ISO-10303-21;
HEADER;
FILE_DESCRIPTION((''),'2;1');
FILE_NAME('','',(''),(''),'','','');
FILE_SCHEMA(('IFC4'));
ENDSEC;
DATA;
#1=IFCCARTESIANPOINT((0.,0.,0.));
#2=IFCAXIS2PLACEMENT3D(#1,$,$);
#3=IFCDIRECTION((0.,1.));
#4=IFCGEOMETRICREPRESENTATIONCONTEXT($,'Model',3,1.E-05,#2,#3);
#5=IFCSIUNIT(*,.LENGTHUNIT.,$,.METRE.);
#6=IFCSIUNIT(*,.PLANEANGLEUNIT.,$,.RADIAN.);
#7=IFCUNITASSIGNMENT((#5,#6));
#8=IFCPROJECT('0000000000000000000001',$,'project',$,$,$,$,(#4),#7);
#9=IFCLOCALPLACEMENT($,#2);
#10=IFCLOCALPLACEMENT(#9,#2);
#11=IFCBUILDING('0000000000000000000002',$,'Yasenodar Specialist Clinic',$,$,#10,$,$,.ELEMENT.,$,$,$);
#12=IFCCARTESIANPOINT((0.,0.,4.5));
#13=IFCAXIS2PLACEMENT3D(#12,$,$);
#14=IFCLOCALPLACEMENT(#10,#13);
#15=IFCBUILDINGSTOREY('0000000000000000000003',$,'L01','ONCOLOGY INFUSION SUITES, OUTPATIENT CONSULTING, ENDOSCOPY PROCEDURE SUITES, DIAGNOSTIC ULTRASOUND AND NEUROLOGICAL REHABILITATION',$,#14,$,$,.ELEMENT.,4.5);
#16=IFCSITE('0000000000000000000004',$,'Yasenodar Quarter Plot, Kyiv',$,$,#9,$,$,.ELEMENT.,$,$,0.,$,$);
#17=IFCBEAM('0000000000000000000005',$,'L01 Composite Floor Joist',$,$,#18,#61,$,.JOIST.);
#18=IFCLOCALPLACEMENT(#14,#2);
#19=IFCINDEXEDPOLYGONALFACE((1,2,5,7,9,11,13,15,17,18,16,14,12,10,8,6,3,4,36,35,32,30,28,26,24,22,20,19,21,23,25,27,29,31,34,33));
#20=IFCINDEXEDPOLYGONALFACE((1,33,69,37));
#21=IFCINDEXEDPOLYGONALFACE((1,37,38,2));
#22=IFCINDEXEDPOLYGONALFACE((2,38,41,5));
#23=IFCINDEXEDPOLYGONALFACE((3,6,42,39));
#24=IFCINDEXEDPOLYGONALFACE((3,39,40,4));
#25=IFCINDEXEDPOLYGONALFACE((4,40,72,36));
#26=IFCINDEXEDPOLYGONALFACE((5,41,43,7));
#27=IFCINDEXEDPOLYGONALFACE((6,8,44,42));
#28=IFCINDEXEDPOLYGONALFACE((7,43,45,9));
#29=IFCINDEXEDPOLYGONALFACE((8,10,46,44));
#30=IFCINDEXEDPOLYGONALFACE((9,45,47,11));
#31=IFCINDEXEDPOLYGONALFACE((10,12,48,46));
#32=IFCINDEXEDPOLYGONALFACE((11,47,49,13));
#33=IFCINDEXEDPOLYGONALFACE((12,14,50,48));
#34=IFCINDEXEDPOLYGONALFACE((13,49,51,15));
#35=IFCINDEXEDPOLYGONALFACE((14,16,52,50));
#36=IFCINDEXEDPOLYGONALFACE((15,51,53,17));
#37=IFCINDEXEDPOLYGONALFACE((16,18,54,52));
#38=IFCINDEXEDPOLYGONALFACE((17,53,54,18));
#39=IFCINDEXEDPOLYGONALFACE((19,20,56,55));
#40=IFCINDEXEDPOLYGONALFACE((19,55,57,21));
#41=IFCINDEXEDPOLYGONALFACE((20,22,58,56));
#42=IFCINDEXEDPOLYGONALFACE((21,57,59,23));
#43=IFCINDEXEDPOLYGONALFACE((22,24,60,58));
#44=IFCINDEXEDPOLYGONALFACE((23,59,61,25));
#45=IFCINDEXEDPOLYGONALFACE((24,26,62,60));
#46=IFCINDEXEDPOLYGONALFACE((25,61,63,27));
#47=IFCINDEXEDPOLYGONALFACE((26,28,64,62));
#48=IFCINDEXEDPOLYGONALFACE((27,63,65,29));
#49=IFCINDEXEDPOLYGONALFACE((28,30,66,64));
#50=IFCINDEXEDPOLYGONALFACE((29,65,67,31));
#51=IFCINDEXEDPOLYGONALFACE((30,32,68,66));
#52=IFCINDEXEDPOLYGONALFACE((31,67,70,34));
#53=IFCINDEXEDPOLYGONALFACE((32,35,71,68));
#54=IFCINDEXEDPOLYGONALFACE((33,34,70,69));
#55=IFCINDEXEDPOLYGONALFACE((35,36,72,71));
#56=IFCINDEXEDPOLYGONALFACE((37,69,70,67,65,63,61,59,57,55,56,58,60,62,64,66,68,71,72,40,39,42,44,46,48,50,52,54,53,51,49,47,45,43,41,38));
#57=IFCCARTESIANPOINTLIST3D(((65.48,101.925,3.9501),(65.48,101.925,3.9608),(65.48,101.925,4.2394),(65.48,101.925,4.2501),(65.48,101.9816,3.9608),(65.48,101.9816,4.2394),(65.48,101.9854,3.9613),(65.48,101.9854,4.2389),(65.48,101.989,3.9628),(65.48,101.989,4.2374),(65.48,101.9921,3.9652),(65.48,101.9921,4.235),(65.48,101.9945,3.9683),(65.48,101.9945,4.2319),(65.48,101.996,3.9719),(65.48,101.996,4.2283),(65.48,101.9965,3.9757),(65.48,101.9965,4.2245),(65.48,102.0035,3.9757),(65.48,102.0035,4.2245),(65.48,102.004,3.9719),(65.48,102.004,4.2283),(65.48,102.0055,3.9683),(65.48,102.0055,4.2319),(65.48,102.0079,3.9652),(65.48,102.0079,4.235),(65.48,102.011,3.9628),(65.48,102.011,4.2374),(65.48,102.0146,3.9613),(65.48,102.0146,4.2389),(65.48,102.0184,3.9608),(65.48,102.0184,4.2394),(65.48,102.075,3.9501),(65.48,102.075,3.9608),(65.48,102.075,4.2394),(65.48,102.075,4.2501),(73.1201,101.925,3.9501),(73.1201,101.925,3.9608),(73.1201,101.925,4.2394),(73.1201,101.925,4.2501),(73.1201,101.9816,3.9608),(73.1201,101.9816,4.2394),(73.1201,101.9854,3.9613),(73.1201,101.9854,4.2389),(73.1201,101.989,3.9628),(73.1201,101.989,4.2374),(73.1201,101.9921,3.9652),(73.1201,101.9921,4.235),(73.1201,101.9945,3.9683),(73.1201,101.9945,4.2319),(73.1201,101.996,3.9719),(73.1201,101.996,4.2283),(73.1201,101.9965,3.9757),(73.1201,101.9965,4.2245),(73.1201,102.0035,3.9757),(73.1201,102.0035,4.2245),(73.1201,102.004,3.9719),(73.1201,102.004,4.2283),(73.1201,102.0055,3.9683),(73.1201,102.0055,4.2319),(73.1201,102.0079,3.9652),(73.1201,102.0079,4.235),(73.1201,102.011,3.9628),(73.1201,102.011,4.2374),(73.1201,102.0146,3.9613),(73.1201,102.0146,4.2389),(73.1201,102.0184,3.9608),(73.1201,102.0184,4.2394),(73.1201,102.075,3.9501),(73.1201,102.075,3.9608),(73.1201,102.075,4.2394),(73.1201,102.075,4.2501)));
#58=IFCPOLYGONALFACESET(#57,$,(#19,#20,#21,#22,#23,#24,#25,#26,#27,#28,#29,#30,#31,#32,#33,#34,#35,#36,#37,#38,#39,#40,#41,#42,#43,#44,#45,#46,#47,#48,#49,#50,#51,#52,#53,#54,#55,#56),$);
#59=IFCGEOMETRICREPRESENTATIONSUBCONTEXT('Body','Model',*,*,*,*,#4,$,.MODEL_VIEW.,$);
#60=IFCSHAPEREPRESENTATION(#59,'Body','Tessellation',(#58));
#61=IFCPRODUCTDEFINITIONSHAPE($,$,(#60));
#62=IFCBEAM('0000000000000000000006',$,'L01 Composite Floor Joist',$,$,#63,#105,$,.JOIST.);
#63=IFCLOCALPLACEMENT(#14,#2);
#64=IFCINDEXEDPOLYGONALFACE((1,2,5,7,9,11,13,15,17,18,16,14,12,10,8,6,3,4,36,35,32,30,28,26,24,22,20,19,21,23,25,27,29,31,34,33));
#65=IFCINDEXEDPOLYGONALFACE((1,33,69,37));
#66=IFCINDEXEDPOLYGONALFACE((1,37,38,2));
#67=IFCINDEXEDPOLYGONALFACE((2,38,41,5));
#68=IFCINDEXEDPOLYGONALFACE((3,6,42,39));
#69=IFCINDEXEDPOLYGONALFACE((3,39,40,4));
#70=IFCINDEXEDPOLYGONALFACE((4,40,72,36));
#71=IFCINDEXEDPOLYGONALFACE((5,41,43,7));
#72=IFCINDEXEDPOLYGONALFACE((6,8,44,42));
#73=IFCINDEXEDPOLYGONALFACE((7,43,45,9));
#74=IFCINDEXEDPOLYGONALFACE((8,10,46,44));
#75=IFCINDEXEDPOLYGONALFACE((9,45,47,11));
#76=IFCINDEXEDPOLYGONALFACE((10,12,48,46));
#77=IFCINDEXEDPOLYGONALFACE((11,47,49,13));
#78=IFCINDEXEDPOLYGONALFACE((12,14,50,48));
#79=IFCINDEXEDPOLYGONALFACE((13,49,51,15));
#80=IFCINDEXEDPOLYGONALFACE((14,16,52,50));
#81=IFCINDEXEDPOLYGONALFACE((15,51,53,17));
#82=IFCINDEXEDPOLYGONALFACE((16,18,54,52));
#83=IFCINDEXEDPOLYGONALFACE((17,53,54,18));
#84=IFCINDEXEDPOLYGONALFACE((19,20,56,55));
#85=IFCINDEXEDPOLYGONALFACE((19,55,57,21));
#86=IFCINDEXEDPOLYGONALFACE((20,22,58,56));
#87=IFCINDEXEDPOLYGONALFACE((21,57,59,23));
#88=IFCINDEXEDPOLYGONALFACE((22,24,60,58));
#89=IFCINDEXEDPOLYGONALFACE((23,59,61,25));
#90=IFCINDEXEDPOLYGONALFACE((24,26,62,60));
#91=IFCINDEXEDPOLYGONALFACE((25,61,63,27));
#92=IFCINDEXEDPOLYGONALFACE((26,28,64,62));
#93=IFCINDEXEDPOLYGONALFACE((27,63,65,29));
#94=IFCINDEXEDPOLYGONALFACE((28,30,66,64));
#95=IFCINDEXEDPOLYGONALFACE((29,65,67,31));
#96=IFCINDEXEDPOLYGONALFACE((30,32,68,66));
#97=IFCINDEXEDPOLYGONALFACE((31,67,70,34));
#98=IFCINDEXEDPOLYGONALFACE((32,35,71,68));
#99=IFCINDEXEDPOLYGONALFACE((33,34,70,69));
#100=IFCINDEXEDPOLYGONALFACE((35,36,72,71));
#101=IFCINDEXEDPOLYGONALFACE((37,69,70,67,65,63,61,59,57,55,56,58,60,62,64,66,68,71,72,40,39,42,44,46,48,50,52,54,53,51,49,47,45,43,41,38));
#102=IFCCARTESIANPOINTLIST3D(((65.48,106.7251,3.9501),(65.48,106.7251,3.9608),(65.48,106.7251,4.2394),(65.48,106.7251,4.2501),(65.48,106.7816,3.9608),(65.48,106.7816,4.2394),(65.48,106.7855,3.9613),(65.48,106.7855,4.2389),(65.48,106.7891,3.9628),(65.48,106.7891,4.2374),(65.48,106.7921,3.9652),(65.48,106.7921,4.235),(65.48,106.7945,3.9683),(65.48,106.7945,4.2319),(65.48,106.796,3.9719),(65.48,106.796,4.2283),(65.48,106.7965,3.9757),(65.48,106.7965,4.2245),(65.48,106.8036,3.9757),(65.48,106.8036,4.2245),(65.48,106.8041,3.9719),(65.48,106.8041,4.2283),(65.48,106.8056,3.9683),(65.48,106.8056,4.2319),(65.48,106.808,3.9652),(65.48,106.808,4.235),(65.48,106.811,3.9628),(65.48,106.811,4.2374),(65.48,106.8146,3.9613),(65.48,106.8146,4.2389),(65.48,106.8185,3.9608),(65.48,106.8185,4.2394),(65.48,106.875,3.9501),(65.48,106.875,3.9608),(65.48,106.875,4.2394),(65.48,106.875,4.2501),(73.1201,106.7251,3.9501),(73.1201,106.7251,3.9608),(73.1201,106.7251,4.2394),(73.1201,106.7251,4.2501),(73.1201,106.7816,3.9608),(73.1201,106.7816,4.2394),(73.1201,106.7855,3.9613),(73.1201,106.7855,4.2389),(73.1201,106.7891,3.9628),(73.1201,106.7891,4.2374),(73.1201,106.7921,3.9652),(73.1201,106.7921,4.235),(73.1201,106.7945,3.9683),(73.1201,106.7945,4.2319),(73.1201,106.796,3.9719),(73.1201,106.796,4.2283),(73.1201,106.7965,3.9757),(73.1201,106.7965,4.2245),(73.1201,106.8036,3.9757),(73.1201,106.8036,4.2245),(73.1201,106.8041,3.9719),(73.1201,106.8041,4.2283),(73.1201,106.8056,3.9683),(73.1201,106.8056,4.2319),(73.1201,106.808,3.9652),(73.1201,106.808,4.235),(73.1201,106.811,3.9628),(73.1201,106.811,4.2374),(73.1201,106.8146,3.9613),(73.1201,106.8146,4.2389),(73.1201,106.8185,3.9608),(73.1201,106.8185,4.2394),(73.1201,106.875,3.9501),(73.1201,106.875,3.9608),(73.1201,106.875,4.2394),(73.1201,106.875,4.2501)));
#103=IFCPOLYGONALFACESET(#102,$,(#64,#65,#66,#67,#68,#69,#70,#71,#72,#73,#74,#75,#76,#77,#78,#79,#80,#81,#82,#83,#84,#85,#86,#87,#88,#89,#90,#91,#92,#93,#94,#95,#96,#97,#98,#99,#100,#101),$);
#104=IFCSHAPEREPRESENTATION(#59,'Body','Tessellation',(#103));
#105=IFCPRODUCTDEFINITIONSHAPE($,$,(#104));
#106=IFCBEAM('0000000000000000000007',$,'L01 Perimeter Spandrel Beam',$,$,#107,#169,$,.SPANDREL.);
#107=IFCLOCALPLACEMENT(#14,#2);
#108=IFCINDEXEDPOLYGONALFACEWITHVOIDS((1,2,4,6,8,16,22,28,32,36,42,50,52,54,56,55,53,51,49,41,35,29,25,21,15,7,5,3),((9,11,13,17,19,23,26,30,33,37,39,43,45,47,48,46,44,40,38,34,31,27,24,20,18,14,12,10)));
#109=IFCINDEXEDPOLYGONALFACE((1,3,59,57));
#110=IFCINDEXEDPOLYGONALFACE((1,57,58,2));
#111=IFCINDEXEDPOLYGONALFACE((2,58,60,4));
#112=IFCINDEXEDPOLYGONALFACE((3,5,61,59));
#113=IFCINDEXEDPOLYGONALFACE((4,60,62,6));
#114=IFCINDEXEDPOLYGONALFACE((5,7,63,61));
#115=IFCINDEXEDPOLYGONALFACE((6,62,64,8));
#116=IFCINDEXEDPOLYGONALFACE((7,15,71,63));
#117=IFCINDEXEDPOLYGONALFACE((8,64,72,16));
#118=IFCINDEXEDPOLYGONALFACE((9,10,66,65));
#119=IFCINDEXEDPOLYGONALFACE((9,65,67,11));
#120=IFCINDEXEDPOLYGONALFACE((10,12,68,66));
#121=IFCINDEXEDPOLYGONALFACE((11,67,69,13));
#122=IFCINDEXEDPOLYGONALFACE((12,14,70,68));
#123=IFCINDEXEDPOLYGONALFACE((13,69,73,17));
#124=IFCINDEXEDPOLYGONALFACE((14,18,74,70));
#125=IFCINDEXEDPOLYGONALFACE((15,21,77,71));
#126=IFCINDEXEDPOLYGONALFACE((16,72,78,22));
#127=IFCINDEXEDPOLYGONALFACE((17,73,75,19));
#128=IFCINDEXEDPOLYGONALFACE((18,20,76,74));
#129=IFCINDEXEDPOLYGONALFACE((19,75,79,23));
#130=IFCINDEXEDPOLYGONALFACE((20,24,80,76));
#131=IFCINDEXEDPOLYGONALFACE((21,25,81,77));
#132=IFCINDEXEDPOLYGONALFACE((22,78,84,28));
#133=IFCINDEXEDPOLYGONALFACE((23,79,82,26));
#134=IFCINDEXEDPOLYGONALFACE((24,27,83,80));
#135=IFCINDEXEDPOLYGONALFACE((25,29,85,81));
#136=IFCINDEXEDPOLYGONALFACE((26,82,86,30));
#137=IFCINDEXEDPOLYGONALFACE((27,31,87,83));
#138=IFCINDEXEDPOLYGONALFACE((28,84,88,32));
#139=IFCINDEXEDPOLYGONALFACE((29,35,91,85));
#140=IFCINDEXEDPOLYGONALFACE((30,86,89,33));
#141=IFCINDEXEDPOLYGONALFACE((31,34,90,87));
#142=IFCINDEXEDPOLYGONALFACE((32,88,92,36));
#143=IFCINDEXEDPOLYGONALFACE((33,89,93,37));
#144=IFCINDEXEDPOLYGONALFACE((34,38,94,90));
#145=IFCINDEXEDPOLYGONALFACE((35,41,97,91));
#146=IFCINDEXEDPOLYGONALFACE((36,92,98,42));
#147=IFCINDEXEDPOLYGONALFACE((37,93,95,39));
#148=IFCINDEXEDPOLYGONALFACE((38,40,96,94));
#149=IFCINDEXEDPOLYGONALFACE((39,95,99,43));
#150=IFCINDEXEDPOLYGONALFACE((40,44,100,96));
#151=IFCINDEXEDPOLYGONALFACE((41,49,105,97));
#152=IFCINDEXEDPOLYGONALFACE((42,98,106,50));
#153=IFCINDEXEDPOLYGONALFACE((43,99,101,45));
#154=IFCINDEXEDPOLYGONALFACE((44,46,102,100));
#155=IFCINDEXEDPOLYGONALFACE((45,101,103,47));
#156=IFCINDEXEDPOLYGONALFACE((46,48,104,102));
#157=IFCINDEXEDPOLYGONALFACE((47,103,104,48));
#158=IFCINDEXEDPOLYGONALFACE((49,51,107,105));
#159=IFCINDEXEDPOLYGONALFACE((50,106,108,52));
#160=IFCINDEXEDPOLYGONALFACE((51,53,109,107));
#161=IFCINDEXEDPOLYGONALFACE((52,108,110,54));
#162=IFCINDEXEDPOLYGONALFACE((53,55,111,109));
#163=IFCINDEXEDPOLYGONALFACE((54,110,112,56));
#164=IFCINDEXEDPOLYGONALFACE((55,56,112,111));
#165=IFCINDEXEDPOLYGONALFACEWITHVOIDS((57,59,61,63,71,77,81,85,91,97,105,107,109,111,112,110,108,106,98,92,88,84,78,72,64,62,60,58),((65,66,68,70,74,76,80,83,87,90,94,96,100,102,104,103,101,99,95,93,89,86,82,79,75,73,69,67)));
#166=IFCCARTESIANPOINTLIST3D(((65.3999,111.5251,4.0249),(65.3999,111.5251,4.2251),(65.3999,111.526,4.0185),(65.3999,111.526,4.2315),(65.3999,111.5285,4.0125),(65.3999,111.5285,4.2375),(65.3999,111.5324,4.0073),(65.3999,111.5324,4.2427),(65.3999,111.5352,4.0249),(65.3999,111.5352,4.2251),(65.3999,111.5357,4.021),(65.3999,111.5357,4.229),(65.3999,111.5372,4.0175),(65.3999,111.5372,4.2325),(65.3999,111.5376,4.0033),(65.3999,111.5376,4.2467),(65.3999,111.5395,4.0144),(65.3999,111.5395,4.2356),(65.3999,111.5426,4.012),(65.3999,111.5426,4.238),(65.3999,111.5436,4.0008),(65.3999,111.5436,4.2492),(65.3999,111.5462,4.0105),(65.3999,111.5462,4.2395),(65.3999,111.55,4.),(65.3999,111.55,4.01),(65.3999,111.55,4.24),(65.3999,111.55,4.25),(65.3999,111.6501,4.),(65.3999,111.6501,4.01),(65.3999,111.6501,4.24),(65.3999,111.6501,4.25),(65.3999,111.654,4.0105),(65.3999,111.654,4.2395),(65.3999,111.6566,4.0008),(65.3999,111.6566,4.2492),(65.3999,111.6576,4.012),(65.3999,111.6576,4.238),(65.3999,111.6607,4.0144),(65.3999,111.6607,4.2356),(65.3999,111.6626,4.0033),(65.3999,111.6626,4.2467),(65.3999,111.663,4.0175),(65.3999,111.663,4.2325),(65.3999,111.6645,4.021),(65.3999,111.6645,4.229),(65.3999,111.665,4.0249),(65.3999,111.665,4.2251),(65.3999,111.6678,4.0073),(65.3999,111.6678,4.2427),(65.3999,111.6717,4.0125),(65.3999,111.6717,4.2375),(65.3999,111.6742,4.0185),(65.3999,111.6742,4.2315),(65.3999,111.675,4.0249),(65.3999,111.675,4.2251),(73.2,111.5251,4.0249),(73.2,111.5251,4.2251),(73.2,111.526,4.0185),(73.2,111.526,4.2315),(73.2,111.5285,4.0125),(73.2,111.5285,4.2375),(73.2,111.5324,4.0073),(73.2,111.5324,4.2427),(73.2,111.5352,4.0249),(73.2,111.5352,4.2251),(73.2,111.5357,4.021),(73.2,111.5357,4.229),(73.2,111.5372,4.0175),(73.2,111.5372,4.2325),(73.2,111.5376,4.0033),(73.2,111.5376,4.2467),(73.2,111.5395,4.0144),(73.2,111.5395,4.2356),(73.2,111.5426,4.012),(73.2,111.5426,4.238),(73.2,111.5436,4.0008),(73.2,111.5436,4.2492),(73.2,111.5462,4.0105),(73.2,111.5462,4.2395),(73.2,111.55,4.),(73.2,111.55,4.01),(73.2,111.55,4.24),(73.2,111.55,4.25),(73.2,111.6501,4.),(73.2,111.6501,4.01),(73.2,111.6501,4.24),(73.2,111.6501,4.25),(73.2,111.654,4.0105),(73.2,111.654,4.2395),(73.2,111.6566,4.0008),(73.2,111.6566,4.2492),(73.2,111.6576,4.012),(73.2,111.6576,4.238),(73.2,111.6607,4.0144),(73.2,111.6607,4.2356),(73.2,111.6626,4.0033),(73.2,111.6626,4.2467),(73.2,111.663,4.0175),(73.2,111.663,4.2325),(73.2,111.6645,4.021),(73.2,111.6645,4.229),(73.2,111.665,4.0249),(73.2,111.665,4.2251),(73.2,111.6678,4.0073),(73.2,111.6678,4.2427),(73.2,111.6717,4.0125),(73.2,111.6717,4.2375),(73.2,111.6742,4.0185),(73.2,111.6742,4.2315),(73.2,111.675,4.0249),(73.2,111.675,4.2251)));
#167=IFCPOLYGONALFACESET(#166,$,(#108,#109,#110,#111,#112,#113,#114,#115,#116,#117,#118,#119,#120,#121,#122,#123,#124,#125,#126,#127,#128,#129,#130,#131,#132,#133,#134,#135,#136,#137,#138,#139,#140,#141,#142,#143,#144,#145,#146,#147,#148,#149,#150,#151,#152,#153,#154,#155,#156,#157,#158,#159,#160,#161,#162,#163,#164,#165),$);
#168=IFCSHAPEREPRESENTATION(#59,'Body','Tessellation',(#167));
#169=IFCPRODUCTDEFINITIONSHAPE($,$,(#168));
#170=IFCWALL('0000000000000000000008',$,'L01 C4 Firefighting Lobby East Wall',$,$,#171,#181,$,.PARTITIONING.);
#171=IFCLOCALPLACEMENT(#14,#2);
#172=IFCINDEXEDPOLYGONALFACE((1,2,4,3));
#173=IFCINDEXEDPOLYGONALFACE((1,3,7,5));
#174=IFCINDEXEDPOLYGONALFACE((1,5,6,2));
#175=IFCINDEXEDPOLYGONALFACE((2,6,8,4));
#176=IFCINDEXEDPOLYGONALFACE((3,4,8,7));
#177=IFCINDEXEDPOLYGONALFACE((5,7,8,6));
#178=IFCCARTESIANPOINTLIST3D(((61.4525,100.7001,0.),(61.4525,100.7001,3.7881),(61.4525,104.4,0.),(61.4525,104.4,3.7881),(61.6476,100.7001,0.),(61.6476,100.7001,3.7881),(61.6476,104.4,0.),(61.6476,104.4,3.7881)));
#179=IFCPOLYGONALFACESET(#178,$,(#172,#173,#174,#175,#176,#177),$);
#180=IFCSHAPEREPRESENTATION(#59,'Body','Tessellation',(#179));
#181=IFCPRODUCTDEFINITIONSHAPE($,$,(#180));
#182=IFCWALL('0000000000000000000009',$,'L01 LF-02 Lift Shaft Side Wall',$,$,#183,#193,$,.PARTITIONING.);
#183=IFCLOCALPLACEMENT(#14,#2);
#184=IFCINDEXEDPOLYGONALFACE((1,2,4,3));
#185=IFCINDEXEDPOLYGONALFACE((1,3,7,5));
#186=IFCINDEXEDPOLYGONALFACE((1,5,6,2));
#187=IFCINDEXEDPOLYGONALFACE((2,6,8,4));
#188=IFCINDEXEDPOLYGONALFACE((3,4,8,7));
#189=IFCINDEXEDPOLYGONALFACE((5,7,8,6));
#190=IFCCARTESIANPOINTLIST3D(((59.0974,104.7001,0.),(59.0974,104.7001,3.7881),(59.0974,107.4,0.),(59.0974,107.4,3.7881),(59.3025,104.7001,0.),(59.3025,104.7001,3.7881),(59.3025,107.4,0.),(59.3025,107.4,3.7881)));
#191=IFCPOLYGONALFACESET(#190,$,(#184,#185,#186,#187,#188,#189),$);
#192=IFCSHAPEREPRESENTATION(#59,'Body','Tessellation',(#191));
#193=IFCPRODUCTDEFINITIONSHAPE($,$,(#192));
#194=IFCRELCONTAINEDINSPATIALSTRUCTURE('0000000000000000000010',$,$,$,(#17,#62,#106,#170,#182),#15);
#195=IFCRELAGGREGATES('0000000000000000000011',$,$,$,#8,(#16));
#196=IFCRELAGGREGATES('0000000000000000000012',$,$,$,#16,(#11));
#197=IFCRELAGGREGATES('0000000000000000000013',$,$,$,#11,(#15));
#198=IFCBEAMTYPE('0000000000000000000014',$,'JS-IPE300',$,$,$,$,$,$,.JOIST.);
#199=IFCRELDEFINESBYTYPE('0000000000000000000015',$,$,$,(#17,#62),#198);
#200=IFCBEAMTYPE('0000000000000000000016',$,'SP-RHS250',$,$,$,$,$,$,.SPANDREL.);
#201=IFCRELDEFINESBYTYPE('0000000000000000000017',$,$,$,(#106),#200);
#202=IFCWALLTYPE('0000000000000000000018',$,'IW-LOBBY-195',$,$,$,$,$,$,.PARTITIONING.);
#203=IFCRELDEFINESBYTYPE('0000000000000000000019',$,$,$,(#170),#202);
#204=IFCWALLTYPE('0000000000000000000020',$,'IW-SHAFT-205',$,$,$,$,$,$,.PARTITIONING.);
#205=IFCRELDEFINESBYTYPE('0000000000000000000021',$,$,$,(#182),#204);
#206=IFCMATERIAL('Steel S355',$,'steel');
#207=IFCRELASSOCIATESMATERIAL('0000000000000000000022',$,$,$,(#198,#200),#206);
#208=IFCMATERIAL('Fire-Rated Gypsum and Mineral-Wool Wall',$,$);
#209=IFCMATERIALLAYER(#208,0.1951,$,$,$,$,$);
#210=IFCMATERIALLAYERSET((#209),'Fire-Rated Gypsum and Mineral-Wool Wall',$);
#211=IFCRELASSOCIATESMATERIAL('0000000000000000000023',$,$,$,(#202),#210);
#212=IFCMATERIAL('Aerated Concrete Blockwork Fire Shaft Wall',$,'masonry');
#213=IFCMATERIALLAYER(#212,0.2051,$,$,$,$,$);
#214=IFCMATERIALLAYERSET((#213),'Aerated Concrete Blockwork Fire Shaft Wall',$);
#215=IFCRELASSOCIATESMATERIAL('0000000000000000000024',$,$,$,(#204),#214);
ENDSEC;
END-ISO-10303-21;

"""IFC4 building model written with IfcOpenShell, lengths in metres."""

from ifc_helpers import new_model, si_unit, direction, frame, frame_2d, origin, origin_2d, place, context, subcontext, project, spatial, rectangle, hollow_rectangle, i_section, extrude, material, layer, layer_set, material_profile, profile_set, type_object, element, save


model = new_model("IFC4")

# Units and contexts
model_context = context("Model", 3, precision=1e-05, world=origin(), true_north=direction((0.0, 1.0)))
body_context = subcontext(model_context, "Body", "Model", "MODEL_VIEW")
ifc_project = project(units=[si_unit("LENGTHUNIT", "METRE"), si_unit("PLANEANGLEUNIT", "RADIAN")], contexts=[model_context])

# Site, building, storey
site_placement = place(None, origin())
site = spatial("IfcSite", under=ifc_project, at=site_placement, Name="Yasenodar Quarter Plot, Kyiv", CompositionType="ELEMENT", RefElevation=0.0)
building_placement = place(site_placement, origin())
building = spatial("IfcBuilding", under=site, at=building_placement, Name="Yasenodar Specialist Clinic", CompositionType="ELEMENT")
storey_placement = place(building_placement, frame((0.0, 0.0, 4.5)))
storey = spatial("IfcBuildingStorey", under=building, at=storey_placement, Name="L01", Description="ONCOLOGY INFUSION SUITES, OUTPATIENT CONSULTING, ENDOSCOPY PROCEDURE SUITES, DIAGNOSTIC ULTRASOUND AND NEUROLOGICAL REHABILITATION", CompositionType="ELEMENT", Elevation=4.5)

# Shared definitions
ifc_material_1 = material(Name="Steel S355", Category="steel")

# Beams
ifc_material_profile_1 = material_profile(ifc_material_1, i_section(OverallWidth=0.1499, OverallDepth=0.3, WebThickness=0.0071, FlangeThickness=0.0107, FilletRadius=0.0149, at=origin_2d()), Name="IPE 300")
ifc_profile_set_1 = profile_set([ifc_material_profile_1], Name="Steel S355")
beam_type_1 = type_object("IfcBeamType", Name="JS-IPE300", PredefinedType="JOIST", material=ifc_profile_set_1)
for number, where, z_axis, x_axis, name in (
    (1, (65.48, 102.0, 4.1001), (1.0, 0.0, 0.0), (0.0, 1.0, 0.0), "L01 Composite Floor Joist"),
    (2, (65.48, 106.8, 4.1001), (1.0, 0.0, 0.0), (0.0, 1.0, 0.0), "L01 Composite Floor Joist"),
):
    element("IfcBeam", number, at=place(storey_placement, frame(where, z_axis=z_axis, x_axis=x_axis)), inside=storey, type_object=beam_type_1, Name=name, PredefinedType="JOIST", context=body_context, shape_type="SweptSolid", body=[
        extrude(i_section(OverallWidth=0.1499, OverallDepth=0.3, WebThickness=0.0071, FlangeThickness=0.0107, FilletRadius=0.0149, at=origin_2d()), origin(), (0.0, 0.0, 1.0), 7.6401),
    ])
ifc_material_profile_2 = material_profile(ifc_material_1, hollow_rectangle(XDim=0.1499, YDim=0.25, WallThickness=0.01, InnerFilletRadius=0.0149, OuterFilletRadius=0.0249, at=origin_2d()), Name="RHS 250x150x10")
ifc_profile_set_2 = profile_set([ifc_material_profile_2], Name="Steel S355")
beam_type_2 = type_object("IfcBeamType", Name="SP-RHS250", PredefinedType="SPANDREL", material=ifc_profile_set_2)
beam_1_placement = place(storey_placement, frame((65.3999, 111.6001, 4.125), z_axis=(1.0, 0.0, 0.0), x_axis=(0.0, 1.0, 0.0)))
element("IfcBeam", 3, at=beam_1_placement, inside=storey, type_object=beam_type_2, Name="L01 Perimeter Spandrel Beam", PredefinedType="SPANDREL", context=body_context, shape_type="SweptSolid", body=[
    extrude(hollow_rectangle(XDim=0.1499, YDim=0.25, WallThickness=0.01, InnerFilletRadius=0.0149, OuterFilletRadius=0.0249, at=origin_2d()), origin(), (0.0, 0.0, 1.0), 7.8),
])

# Walls
ifc_material_2 = material(Name="Fire-Rated Gypsum and Mineral-Wool Wall")
ifc_layer_1 = layer(ifc_material_2, 0.1951)
ifc_layer_set_1 = layer_set([ifc_layer_1], Name="Fire-Rated Gypsum and Mineral-Wool Wall")
wall_type_1 = type_object("IfcWallType", Name="IW-LOBBY-195", PredefinedType="PARTITIONING", material=ifc_layer_set_1)
wall_1_placement = place(storey_placement, frame((61.55, 100.7, 0.0), z_axis=(0.0, 0.0, 1.0), x_axis=(0.0, 1.0, 0.0)))
element("IfcWall", 4, at=wall_1_placement, inside=storey, type_object=wall_type_1, Name="L01 C4 Firefighting Lobby East Wall", PredefinedType="PARTITIONING", context=body_context, shape_type="SweptSolid", body=[
    extrude(rectangle(XDim=3.7, YDim=0.1951, at=frame_2d((1.8501, 0.0))), origin(), (0.0, 0.0, 1.0), 3.7881),
])
ifc_material_3 = material(Name="Aerated Concrete Blockwork Fire Shaft Wall", Category="masonry")
ifc_layer_2 = layer(ifc_material_3, 0.2051)
ifc_layer_set_2 = layer_set([ifc_layer_2], Name="Aerated Concrete Blockwork Fire Shaft Wall")
wall_type_2 = type_object("IfcWallType", Name="IW-SHAFT-205", PredefinedType="PARTITIONING", material=ifc_layer_set_2)
for number, where, z_axis, x_axis, name in (
    (5, (59.2, 104.7, 0.0), (0.0, 0.0, 1.0), (0.0, 1.0, 0.0), "L01 LF-02 Lift Shaft Side Wall"),
):
    element("IfcWall", number, at=place(storey_placement, frame(where, z_axis=z_axis, x_axis=x_axis)), inside=storey, type_object=wall_type_2, Name=name, PredefinedType="PARTITIONING", context=body_context, shape_type="SweptSolid", body=[
        extrude(rectangle(XDim=2.7, YDim=0.2051, at=frame_2d((1.3501, 0.0))), origin(), (0.0, 0.0, 1.0), 3.7881),
    ])

save(model, "model.ifc")
